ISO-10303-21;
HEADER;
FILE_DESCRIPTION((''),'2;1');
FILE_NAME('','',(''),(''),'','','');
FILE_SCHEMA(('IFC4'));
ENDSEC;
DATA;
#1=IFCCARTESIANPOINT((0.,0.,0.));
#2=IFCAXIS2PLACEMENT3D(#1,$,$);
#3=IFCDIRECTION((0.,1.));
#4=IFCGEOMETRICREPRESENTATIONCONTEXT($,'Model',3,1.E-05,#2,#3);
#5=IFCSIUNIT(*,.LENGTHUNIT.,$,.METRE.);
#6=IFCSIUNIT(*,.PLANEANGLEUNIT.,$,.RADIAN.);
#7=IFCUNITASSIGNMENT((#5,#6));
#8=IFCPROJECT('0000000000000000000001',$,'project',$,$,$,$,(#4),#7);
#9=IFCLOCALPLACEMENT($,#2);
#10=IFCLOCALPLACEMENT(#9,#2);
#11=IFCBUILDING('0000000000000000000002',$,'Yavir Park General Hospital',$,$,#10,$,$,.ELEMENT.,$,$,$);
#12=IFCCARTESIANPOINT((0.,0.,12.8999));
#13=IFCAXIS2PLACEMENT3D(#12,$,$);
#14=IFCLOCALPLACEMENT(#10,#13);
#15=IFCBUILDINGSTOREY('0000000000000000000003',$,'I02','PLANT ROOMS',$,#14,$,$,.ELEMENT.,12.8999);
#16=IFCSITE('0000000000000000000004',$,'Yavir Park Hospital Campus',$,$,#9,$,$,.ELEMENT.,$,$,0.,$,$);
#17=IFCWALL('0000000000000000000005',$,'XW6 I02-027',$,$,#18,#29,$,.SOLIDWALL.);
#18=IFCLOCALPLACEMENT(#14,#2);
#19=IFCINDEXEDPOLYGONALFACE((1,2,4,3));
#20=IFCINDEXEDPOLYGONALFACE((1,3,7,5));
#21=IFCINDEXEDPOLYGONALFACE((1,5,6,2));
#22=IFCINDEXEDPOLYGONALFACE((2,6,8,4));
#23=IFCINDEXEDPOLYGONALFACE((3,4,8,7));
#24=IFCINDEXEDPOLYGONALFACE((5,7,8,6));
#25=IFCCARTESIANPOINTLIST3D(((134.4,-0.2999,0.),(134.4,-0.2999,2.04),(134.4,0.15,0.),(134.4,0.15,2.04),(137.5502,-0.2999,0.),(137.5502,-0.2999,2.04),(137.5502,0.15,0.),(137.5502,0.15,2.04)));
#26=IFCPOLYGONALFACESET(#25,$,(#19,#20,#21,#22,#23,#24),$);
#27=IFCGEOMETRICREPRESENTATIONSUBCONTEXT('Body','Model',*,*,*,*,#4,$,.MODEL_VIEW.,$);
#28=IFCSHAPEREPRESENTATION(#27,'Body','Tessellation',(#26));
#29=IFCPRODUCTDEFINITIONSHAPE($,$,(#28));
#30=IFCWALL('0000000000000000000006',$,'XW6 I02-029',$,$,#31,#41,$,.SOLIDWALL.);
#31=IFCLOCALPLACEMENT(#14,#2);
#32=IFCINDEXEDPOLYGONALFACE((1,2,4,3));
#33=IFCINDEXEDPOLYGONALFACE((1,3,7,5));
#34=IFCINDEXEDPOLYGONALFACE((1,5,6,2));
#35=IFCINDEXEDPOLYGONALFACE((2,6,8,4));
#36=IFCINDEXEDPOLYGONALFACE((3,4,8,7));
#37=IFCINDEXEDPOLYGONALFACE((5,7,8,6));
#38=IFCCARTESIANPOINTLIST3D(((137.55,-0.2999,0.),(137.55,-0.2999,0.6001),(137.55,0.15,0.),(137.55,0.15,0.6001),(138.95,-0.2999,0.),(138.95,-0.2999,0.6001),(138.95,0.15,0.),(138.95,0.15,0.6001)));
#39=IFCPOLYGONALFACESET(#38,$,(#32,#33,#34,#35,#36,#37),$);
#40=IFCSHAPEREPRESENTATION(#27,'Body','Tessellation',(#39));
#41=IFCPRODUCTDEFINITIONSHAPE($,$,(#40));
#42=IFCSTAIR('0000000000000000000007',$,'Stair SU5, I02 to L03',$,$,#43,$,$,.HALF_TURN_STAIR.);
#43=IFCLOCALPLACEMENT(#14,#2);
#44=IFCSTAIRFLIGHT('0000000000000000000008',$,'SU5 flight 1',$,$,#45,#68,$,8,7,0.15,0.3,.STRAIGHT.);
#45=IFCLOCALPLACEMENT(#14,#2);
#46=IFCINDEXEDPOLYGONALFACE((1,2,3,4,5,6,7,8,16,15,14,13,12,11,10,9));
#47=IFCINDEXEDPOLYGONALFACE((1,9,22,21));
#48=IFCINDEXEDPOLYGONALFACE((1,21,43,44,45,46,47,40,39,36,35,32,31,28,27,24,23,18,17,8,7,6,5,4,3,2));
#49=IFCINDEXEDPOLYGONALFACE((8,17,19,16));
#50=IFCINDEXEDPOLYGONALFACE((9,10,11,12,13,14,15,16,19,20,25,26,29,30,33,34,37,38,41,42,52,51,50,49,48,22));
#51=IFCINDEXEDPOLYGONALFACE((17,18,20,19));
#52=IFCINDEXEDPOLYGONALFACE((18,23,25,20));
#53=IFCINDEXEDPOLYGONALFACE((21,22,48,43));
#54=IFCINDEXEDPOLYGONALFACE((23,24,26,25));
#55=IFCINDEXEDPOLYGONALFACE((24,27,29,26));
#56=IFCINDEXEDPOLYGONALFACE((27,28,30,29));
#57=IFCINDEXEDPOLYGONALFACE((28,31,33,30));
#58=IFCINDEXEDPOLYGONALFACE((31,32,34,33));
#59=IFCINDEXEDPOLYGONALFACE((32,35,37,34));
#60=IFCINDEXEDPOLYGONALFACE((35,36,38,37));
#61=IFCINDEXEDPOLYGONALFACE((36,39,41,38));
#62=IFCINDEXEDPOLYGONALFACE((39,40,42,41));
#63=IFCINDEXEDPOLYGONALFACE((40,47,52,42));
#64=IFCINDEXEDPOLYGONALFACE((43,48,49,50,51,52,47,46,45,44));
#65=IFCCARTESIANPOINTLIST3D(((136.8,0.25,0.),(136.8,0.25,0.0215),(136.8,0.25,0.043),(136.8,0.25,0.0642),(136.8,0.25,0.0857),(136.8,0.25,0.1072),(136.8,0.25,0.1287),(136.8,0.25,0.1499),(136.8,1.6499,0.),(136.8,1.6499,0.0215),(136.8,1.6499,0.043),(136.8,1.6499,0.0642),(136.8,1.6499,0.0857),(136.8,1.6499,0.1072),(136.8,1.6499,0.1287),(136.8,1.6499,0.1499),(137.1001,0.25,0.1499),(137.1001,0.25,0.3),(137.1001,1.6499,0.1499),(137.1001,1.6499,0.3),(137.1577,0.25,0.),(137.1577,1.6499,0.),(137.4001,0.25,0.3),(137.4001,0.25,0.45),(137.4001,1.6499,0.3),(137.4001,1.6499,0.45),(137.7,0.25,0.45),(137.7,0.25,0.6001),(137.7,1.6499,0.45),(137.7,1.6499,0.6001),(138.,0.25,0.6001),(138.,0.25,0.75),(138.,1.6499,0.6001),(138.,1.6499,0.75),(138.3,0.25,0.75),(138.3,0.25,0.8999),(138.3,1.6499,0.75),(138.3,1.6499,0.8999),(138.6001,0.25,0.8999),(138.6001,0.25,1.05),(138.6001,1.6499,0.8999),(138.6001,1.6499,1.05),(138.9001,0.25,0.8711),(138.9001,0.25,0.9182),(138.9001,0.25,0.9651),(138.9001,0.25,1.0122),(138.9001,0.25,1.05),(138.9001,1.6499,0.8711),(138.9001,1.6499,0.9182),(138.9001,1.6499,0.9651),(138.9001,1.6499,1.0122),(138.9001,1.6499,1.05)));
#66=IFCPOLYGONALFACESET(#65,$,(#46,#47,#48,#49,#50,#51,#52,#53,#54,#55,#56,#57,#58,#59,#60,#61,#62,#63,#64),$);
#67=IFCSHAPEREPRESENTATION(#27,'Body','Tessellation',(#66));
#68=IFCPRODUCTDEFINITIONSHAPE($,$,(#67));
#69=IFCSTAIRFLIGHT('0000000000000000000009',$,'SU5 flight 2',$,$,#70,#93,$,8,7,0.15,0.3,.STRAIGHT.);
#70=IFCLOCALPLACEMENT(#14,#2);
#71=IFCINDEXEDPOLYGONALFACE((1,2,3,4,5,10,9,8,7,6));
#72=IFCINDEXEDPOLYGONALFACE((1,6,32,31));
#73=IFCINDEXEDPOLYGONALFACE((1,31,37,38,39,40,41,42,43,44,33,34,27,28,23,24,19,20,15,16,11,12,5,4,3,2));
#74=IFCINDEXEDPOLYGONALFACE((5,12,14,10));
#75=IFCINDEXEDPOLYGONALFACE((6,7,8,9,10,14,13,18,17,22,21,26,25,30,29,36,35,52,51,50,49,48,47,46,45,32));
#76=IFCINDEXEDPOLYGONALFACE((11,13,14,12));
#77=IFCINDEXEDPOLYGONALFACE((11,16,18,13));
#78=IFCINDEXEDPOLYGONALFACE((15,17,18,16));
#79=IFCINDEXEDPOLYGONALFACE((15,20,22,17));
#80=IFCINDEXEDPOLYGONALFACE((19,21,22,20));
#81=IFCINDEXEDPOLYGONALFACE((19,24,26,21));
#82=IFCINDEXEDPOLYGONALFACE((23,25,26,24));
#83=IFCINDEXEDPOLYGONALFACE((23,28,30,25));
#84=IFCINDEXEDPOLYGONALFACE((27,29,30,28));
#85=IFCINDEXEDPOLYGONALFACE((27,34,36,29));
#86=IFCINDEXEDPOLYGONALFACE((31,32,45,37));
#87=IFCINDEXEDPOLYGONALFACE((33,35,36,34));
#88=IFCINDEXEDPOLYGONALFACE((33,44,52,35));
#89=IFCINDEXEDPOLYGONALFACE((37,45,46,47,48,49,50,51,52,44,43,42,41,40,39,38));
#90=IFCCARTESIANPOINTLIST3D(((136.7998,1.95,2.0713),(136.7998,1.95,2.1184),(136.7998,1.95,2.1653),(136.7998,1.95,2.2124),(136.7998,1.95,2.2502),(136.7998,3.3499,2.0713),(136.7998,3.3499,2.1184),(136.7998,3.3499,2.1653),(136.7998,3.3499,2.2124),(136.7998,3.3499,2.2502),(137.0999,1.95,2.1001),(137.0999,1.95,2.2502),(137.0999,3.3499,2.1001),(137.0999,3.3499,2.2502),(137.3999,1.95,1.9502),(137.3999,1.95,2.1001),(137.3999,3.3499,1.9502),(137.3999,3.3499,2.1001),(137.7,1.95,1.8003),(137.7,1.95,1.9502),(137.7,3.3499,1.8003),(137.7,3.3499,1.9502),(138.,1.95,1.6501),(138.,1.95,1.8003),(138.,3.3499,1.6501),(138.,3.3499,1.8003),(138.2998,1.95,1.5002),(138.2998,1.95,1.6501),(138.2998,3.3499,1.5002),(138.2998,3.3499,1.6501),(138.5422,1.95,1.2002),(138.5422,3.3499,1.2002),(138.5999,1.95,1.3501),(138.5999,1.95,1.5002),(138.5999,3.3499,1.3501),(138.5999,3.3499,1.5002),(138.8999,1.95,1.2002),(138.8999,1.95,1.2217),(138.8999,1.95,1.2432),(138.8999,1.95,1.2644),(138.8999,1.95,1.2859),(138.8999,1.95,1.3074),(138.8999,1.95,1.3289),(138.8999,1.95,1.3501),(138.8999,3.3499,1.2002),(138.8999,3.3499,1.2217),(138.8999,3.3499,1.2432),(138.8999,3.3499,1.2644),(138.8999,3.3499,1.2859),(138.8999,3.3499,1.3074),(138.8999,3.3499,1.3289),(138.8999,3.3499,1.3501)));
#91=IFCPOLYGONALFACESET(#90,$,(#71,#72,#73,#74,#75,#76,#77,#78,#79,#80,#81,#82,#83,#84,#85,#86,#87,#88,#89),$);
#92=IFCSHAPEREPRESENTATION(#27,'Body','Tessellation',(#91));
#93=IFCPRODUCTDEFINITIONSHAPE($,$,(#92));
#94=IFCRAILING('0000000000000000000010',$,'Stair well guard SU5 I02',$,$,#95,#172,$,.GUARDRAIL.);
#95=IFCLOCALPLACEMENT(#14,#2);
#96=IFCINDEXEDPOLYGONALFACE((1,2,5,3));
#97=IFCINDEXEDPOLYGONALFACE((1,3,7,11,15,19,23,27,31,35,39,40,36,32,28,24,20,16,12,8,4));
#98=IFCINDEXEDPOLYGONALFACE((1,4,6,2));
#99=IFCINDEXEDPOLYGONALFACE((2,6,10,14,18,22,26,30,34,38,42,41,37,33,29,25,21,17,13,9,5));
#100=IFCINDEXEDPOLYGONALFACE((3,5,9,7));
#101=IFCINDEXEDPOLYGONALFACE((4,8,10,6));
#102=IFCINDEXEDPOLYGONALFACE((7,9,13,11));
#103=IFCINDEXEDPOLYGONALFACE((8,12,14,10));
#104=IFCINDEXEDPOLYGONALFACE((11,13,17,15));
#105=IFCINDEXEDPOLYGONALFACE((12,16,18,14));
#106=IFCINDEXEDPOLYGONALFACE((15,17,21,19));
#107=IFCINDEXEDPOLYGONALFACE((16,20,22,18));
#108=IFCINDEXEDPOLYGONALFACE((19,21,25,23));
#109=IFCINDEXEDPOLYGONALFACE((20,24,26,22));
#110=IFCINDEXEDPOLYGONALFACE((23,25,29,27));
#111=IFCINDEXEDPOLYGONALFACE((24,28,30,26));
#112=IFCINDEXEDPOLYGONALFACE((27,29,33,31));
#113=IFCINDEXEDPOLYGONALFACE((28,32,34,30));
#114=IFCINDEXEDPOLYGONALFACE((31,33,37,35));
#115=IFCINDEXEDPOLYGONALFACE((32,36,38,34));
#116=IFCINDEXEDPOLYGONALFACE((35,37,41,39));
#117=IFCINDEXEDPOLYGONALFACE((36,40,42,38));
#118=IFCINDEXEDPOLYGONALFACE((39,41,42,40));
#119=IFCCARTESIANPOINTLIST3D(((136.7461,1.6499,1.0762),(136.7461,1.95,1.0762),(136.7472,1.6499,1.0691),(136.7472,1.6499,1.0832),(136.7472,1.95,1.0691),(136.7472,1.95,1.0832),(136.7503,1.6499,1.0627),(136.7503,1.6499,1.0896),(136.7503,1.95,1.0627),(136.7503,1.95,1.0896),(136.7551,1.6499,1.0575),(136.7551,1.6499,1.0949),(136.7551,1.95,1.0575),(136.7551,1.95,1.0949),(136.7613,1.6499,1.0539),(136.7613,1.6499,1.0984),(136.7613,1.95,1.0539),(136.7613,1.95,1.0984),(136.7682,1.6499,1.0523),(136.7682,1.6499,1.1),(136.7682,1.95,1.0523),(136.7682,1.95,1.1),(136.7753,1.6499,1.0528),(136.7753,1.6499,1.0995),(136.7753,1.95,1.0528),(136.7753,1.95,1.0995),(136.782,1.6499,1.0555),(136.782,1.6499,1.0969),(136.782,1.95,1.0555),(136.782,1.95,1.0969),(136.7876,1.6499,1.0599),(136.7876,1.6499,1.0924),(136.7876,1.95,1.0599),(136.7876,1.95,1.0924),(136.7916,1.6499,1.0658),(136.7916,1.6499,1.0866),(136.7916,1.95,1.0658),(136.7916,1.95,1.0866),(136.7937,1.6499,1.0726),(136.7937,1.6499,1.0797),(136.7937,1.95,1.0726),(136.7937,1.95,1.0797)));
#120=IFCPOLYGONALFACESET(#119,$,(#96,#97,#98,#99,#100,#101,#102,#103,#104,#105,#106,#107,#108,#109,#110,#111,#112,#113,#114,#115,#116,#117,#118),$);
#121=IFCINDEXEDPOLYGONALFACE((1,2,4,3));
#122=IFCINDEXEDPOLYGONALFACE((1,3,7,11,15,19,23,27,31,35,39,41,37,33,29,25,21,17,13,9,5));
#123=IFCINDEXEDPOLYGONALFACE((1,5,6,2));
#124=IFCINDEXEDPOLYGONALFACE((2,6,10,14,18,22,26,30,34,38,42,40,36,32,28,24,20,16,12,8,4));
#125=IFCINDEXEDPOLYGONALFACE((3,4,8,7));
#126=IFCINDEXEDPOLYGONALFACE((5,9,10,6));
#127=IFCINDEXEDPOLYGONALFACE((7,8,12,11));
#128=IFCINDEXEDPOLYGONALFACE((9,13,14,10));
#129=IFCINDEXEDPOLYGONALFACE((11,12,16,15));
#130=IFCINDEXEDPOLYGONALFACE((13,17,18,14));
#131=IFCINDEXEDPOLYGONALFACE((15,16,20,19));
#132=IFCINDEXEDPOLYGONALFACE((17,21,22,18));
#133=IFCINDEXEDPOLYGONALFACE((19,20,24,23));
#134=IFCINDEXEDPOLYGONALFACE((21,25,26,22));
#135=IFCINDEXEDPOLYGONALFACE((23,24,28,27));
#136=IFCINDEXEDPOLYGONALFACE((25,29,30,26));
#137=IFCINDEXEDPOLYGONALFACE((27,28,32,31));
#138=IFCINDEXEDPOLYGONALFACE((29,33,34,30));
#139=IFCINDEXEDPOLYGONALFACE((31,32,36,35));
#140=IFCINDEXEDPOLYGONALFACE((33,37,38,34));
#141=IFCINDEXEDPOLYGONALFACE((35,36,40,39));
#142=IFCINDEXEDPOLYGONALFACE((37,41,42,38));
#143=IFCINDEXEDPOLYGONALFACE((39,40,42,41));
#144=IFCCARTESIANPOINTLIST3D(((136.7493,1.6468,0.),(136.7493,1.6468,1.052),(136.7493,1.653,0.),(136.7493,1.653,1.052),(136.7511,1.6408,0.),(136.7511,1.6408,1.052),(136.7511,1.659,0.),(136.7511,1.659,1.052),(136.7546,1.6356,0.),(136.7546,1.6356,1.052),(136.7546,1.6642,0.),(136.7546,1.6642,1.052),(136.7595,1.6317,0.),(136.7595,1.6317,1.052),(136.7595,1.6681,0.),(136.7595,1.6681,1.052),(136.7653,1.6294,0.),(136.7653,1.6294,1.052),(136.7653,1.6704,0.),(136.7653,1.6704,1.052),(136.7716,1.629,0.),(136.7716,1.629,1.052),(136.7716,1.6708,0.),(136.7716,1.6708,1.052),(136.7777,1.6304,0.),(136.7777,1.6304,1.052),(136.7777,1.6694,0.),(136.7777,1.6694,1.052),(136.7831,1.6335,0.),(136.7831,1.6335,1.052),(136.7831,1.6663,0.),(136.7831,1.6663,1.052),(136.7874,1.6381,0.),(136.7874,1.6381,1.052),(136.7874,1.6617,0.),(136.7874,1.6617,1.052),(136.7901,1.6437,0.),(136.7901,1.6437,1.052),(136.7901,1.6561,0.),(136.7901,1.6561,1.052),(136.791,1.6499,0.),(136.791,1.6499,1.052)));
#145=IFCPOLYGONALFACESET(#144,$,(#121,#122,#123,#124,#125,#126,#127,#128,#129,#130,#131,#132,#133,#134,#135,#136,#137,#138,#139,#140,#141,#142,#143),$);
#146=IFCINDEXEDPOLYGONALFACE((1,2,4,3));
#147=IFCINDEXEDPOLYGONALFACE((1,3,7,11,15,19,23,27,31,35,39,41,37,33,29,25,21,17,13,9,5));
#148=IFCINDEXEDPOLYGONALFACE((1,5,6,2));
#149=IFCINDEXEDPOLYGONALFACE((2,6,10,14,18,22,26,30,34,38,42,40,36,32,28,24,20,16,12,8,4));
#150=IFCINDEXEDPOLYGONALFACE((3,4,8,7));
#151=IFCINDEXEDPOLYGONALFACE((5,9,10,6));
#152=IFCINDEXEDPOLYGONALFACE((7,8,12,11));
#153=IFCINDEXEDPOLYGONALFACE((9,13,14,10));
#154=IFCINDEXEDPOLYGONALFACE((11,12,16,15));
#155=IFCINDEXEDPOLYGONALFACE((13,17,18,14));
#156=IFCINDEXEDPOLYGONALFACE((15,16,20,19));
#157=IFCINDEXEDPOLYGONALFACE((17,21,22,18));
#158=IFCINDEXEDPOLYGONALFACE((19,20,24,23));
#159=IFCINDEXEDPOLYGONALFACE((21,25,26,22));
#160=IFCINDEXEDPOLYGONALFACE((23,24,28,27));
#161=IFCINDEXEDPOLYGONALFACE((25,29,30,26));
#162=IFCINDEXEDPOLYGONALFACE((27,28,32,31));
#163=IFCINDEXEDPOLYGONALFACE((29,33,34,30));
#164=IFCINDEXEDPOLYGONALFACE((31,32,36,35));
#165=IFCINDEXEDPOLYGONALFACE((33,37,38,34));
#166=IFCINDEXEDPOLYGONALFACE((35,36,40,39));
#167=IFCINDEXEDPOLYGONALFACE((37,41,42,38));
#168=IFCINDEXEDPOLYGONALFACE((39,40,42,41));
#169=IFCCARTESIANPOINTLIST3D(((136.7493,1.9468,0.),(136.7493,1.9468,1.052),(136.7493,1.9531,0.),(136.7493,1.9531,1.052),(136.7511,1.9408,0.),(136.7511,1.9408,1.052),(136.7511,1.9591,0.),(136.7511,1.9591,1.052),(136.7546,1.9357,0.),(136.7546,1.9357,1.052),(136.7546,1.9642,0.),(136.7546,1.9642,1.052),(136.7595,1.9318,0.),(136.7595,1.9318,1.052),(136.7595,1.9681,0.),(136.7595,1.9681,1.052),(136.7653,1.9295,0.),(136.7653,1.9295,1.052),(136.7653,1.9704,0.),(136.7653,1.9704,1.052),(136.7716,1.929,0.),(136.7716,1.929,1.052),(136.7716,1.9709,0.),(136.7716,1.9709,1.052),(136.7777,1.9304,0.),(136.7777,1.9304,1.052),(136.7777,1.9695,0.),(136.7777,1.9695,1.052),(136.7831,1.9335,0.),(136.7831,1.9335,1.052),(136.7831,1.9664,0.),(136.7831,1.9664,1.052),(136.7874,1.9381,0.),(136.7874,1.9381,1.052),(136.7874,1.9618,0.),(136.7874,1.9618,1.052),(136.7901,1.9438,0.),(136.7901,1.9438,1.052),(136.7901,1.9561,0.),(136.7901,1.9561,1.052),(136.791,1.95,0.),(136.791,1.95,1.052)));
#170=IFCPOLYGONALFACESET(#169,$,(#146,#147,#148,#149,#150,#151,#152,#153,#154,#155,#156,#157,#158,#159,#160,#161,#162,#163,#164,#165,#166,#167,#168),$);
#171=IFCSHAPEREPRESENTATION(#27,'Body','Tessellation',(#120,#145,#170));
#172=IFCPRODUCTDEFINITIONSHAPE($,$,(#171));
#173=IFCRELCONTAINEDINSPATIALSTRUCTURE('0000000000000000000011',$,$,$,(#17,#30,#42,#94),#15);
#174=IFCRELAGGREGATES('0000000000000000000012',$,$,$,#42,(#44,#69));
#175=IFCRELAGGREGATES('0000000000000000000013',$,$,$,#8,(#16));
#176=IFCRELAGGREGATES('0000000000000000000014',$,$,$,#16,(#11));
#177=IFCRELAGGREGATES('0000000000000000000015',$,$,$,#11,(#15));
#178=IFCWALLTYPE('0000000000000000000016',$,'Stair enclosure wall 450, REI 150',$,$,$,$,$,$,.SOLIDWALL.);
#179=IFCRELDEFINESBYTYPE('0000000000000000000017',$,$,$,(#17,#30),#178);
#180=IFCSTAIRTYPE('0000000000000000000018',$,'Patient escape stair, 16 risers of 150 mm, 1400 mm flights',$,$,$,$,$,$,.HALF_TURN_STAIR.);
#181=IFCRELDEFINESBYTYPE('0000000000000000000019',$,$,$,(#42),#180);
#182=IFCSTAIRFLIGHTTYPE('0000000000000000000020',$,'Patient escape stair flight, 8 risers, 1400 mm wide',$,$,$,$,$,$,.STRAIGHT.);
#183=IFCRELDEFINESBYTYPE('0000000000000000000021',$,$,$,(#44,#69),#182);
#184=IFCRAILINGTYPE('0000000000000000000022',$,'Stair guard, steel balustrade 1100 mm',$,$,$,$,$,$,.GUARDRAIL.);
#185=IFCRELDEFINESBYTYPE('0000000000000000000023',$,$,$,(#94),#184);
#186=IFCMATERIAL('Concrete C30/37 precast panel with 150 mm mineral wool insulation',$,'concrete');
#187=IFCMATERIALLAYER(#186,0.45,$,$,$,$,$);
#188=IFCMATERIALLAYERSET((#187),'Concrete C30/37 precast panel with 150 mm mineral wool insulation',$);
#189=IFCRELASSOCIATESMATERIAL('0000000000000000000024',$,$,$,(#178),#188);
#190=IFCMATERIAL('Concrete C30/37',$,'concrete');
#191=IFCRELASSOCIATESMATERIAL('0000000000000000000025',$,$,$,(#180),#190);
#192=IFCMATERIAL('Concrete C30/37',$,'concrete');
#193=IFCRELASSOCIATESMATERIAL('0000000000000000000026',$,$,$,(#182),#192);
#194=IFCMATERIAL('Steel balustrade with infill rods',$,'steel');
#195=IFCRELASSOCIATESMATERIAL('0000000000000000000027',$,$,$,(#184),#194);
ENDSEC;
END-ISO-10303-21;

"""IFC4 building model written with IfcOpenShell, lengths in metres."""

from ifc_helpers import new_model, si_unit, direction, frame, frame_2d, origin, origin_2d, place, context, subcontext, project, spatial, polyline, rectangle, circle, outline, extrude, material, layer, layer_set, type_object, element, aggregate, save


model = new_model("IFC4")

# Units and contexts
model_context = context("Model", 3, precision=1e-05, world=origin(), true_north=direction((0.0, 1.0)))
body_context = subcontext(model_context, "Body", "Model", "MODEL_VIEW")
ifc_project = project(units=[si_unit("LENGTHUNIT", "METRE"), si_unit("PLANEANGLEUNIT", "RADIAN")], contexts=[model_context])

# Site, building, storey
site_placement = place(None, origin())
site = spatial("IfcSite", under=ifc_project, at=site_placement, Name="Yavir Park Hospital Campus", CompositionType="ELEMENT", RefElevation=0.0)
building_placement = place(site_placement, origin())
building = spatial("IfcBuilding", under=site, at=building_placement, Name="Yavir Park General Hospital", CompositionType="ELEMENT")
storey_placement = place(building_placement, frame((0.0, 0.0, 12.8999)))
storey = spatial("IfcBuildingStorey", under=building, at=storey_placement, Name="I02", Description="PLANT ROOMS", CompositionType="ELEMENT", Elevation=12.8999)

# Walls
ifc_material_1 = material(Name="Concrete C30/37 precast panel with 150 mm mineral wool insulation", Category="concrete")
ifc_layer_1 = layer(ifc_material_1, 0.45)
ifc_layer_set_1 = layer_set([ifc_layer_1], Name="Concrete C30/37 precast panel with 150 mm mineral wool insulation")
wall_type_1 = type_object("IfcWallType", Name="Stair enclosure wall 450, REI 150", PredefinedType="SOLIDWALL", material=ifc_layer_set_1)
wall_1_placement = place(storey_placement, frame((134.3999, -0.075, 0.0), z_axis=(0.0, 0.0, 1.0), x_axis=(1.0, 0.0, 0.0)))
element("IfcWall", 1, at=wall_1_placement, inside=storey, type_object=wall_type_1, Name="XW6 I02-027", PredefinedType="SOLIDWALL", context=body_context, shape_type="SweptSolid", body=[
    extrude(rectangle(XDim=3.1501, YDim=0.45, at=frame_2d((1.5752, 0.0))), origin(), (0.0, 0.0, 1.0), 2.04),
])
wall_2_placement = place(storey_placement, frame((137.55, -0.075, 0.0), z_axis=(0.0, 0.0, 1.0), x_axis=(1.0, 0.0, 0.0)))
element("IfcWall", 2, at=wall_2_placement, inside=storey, type_object=wall_type_1, Name="XW6 I02-029", PredefinedType="SOLIDWALL", context=body_context, shape_type="SweptSolid", body=[
    extrude(rectangle(XDim=1.3999, YDim=0.45, at=frame_2d((0.7, 0.0))), origin(), (0.0, 0.0, 1.0), 0.6001),
])

# Stair, stair flights
ifc_material_2 = material(Name="Concrete C30/37", Category="concrete")
stair_type = type_object("IfcStairType", Name="Patient escape stair, 16 risers of 150 mm, 1400 mm flights", PredefinedType="HALF_TURN_STAIR", material=ifc_material_2)
stair_placement = place(storey_placement, origin())
stair = element("IfcStair", 3, at=stair_placement, inside=storey, type_object=stair_type, Name="Stair SU5, I02 to L03", PredefinedType="HALF_TURN_STAIR")
ifc_material_3 = material(Name="Concrete C30/37", Category="concrete")
stair_flight_type = type_object("IfcStairFlightType", Name="Patient escape stair flight, 8 risers, 1400 mm wide", PredefinedType="STRAIGHT", material=ifc_material_3)
stair_flight_1_placement = place(storey_placement, frame((136.8, 0.95, 0.0), z_axis=(0.0, 0.0, 1.0), x_axis=(1.0, 0.0, 0.0)))
stair_flight_1 = element("IfcStairFlight", 4, at=stair_flight_1_placement, type_object=stair_flight_type, Name="SU5 flight 1", NumberOfRisers=8, NumberOfTreads=7, PredefinedType="STRAIGHT", RiserHeight=0.15, TreadLength=0.3, context=body_context, shape_type="SweptSolid", body=[
    extrude(outline(polyline([(0.0, 0.0), (0.0, 0.0215), (0.0, 0.043), (0.0, 0.0642), (0.0, 0.0857), (0.0, 0.1072), (0.0, 0.1287), (0.0, 0.1499), (0.3, 0.1499), (0.3, 0.3), (0.6001, 0.3), (0.6001, 0.45), (0.8999, 0.45), (0.8999, 0.6001), (1.2, 0.6001), (1.2, 0.75), (1.5, 0.75), (1.5, 0.8999), (1.8, 0.8999), (1.8, 1.05), (2.1001, 1.05), (2.1001, 1.2), (2.1001, 1.1531), (2.1001, 1.106), (2.1001, 1.0591), (2.1001, 1.0122), (2.1001, 0.9651), (2.1001, 0.9182), (2.1001, 0.8711), (0.3577, 0.0), (0.0, 0.0)])), frame((0.0, 0.7, 0.0), z_axis=(0.0, -1.0, 0.0), x_axis=(1.0, 0.0, 0.0)), (0.0, 0.0, 1.0), 1.3999),
])
stair_flight_2_placement = place(storey_placement, frame((138.8999, 2.6499, 1.2002), z_axis=(0.0, 0.0, 1.0), x_axis=(-1.0, 0.0, 0.0)))
stair_flight_2 = element("IfcStairFlight", 5, at=stair_flight_2_placement, type_object=stair_flight_type, Name="SU5 flight 2", NumberOfRisers=8, NumberOfTreads=7, PredefinedType="STRAIGHT", RiserHeight=0.15, TreadLength=0.3, context=body_context, shape_type="SweptSolid", body=[
    extrude(outline(polyline([(0.0, 0.0), (0.0, 0.0215), (0.0, 0.043), (0.0, 0.0642), (0.0, 0.0857), (0.0, 0.1072), (0.0, 0.1287), (0.0, 0.1499), (0.3, 0.1499), (0.3, 0.3), (0.6001, 0.3), (0.6001, 0.45), (0.8999, 0.45), (0.8999, 0.6001), (1.2, 0.6001), (1.2, 0.75), (1.5, 0.75), (1.5, 0.8999), (1.8, 0.8999), (1.8, 1.05), (2.1001, 1.05), (2.1001, 1.2), (2.1001, 1.1531), (2.1001, 1.106), (2.1001, 1.0591), (2.1001, 1.0122), (2.1001, 0.9651), (2.1001, 0.9182), (2.1001, 0.8711), (0.3577, 0.0), (0.0, 0.0)])), frame((0.0, 0.7, 0.0), z_axis=(0.0, -1.0, 0.0), x_axis=(1.0, 0.0, 0.0)), (0.0, 0.0, 1.0), 1.3999),
])
aggregate(stair, [stair_flight_1, stair_flight_2])

# Railing
ifc_material_4 = material(Name="Steel balustrade with infill rods", Category="steel")
railing_type_1 = type_object("IfcRailingType", Name="Stair guard, steel balustrade 1100 mm", PredefinedType="GUARDRAIL", material=ifc_material_4)
railing_placement = place(storey_placement, frame((136.77, 1.6499, 0.0)))
element("IfcRailing", 6, at=railing_placement, inside=storey, type_object=railing_type_1, Name="Stair well guard SU5 I02", PredefinedType="GUARDRAIL", context=body_context, shape_type="SweptSolid", body=[
    extrude(circle(Radius=0.0239, at=origin_2d()), frame((0.0, 0.0, 1.0762), z_axis=(0.0, 1.0, 0.0), x_axis=(-1.0, 0.0, 0.0)), (0.0, 0.0, 1.0), 0.3),
    extrude(circle(Radius=0.021, at=origin_2d()), origin(), (0.0, 0.0, 1.0), 1.052),
    extrude(circle(Radius=0.021, at=origin_2d()), frame((0.0, 0.3, 0.0)), (0.0, 0.0, 1.0), 1.052),
])

save(model, "model.ifc")
